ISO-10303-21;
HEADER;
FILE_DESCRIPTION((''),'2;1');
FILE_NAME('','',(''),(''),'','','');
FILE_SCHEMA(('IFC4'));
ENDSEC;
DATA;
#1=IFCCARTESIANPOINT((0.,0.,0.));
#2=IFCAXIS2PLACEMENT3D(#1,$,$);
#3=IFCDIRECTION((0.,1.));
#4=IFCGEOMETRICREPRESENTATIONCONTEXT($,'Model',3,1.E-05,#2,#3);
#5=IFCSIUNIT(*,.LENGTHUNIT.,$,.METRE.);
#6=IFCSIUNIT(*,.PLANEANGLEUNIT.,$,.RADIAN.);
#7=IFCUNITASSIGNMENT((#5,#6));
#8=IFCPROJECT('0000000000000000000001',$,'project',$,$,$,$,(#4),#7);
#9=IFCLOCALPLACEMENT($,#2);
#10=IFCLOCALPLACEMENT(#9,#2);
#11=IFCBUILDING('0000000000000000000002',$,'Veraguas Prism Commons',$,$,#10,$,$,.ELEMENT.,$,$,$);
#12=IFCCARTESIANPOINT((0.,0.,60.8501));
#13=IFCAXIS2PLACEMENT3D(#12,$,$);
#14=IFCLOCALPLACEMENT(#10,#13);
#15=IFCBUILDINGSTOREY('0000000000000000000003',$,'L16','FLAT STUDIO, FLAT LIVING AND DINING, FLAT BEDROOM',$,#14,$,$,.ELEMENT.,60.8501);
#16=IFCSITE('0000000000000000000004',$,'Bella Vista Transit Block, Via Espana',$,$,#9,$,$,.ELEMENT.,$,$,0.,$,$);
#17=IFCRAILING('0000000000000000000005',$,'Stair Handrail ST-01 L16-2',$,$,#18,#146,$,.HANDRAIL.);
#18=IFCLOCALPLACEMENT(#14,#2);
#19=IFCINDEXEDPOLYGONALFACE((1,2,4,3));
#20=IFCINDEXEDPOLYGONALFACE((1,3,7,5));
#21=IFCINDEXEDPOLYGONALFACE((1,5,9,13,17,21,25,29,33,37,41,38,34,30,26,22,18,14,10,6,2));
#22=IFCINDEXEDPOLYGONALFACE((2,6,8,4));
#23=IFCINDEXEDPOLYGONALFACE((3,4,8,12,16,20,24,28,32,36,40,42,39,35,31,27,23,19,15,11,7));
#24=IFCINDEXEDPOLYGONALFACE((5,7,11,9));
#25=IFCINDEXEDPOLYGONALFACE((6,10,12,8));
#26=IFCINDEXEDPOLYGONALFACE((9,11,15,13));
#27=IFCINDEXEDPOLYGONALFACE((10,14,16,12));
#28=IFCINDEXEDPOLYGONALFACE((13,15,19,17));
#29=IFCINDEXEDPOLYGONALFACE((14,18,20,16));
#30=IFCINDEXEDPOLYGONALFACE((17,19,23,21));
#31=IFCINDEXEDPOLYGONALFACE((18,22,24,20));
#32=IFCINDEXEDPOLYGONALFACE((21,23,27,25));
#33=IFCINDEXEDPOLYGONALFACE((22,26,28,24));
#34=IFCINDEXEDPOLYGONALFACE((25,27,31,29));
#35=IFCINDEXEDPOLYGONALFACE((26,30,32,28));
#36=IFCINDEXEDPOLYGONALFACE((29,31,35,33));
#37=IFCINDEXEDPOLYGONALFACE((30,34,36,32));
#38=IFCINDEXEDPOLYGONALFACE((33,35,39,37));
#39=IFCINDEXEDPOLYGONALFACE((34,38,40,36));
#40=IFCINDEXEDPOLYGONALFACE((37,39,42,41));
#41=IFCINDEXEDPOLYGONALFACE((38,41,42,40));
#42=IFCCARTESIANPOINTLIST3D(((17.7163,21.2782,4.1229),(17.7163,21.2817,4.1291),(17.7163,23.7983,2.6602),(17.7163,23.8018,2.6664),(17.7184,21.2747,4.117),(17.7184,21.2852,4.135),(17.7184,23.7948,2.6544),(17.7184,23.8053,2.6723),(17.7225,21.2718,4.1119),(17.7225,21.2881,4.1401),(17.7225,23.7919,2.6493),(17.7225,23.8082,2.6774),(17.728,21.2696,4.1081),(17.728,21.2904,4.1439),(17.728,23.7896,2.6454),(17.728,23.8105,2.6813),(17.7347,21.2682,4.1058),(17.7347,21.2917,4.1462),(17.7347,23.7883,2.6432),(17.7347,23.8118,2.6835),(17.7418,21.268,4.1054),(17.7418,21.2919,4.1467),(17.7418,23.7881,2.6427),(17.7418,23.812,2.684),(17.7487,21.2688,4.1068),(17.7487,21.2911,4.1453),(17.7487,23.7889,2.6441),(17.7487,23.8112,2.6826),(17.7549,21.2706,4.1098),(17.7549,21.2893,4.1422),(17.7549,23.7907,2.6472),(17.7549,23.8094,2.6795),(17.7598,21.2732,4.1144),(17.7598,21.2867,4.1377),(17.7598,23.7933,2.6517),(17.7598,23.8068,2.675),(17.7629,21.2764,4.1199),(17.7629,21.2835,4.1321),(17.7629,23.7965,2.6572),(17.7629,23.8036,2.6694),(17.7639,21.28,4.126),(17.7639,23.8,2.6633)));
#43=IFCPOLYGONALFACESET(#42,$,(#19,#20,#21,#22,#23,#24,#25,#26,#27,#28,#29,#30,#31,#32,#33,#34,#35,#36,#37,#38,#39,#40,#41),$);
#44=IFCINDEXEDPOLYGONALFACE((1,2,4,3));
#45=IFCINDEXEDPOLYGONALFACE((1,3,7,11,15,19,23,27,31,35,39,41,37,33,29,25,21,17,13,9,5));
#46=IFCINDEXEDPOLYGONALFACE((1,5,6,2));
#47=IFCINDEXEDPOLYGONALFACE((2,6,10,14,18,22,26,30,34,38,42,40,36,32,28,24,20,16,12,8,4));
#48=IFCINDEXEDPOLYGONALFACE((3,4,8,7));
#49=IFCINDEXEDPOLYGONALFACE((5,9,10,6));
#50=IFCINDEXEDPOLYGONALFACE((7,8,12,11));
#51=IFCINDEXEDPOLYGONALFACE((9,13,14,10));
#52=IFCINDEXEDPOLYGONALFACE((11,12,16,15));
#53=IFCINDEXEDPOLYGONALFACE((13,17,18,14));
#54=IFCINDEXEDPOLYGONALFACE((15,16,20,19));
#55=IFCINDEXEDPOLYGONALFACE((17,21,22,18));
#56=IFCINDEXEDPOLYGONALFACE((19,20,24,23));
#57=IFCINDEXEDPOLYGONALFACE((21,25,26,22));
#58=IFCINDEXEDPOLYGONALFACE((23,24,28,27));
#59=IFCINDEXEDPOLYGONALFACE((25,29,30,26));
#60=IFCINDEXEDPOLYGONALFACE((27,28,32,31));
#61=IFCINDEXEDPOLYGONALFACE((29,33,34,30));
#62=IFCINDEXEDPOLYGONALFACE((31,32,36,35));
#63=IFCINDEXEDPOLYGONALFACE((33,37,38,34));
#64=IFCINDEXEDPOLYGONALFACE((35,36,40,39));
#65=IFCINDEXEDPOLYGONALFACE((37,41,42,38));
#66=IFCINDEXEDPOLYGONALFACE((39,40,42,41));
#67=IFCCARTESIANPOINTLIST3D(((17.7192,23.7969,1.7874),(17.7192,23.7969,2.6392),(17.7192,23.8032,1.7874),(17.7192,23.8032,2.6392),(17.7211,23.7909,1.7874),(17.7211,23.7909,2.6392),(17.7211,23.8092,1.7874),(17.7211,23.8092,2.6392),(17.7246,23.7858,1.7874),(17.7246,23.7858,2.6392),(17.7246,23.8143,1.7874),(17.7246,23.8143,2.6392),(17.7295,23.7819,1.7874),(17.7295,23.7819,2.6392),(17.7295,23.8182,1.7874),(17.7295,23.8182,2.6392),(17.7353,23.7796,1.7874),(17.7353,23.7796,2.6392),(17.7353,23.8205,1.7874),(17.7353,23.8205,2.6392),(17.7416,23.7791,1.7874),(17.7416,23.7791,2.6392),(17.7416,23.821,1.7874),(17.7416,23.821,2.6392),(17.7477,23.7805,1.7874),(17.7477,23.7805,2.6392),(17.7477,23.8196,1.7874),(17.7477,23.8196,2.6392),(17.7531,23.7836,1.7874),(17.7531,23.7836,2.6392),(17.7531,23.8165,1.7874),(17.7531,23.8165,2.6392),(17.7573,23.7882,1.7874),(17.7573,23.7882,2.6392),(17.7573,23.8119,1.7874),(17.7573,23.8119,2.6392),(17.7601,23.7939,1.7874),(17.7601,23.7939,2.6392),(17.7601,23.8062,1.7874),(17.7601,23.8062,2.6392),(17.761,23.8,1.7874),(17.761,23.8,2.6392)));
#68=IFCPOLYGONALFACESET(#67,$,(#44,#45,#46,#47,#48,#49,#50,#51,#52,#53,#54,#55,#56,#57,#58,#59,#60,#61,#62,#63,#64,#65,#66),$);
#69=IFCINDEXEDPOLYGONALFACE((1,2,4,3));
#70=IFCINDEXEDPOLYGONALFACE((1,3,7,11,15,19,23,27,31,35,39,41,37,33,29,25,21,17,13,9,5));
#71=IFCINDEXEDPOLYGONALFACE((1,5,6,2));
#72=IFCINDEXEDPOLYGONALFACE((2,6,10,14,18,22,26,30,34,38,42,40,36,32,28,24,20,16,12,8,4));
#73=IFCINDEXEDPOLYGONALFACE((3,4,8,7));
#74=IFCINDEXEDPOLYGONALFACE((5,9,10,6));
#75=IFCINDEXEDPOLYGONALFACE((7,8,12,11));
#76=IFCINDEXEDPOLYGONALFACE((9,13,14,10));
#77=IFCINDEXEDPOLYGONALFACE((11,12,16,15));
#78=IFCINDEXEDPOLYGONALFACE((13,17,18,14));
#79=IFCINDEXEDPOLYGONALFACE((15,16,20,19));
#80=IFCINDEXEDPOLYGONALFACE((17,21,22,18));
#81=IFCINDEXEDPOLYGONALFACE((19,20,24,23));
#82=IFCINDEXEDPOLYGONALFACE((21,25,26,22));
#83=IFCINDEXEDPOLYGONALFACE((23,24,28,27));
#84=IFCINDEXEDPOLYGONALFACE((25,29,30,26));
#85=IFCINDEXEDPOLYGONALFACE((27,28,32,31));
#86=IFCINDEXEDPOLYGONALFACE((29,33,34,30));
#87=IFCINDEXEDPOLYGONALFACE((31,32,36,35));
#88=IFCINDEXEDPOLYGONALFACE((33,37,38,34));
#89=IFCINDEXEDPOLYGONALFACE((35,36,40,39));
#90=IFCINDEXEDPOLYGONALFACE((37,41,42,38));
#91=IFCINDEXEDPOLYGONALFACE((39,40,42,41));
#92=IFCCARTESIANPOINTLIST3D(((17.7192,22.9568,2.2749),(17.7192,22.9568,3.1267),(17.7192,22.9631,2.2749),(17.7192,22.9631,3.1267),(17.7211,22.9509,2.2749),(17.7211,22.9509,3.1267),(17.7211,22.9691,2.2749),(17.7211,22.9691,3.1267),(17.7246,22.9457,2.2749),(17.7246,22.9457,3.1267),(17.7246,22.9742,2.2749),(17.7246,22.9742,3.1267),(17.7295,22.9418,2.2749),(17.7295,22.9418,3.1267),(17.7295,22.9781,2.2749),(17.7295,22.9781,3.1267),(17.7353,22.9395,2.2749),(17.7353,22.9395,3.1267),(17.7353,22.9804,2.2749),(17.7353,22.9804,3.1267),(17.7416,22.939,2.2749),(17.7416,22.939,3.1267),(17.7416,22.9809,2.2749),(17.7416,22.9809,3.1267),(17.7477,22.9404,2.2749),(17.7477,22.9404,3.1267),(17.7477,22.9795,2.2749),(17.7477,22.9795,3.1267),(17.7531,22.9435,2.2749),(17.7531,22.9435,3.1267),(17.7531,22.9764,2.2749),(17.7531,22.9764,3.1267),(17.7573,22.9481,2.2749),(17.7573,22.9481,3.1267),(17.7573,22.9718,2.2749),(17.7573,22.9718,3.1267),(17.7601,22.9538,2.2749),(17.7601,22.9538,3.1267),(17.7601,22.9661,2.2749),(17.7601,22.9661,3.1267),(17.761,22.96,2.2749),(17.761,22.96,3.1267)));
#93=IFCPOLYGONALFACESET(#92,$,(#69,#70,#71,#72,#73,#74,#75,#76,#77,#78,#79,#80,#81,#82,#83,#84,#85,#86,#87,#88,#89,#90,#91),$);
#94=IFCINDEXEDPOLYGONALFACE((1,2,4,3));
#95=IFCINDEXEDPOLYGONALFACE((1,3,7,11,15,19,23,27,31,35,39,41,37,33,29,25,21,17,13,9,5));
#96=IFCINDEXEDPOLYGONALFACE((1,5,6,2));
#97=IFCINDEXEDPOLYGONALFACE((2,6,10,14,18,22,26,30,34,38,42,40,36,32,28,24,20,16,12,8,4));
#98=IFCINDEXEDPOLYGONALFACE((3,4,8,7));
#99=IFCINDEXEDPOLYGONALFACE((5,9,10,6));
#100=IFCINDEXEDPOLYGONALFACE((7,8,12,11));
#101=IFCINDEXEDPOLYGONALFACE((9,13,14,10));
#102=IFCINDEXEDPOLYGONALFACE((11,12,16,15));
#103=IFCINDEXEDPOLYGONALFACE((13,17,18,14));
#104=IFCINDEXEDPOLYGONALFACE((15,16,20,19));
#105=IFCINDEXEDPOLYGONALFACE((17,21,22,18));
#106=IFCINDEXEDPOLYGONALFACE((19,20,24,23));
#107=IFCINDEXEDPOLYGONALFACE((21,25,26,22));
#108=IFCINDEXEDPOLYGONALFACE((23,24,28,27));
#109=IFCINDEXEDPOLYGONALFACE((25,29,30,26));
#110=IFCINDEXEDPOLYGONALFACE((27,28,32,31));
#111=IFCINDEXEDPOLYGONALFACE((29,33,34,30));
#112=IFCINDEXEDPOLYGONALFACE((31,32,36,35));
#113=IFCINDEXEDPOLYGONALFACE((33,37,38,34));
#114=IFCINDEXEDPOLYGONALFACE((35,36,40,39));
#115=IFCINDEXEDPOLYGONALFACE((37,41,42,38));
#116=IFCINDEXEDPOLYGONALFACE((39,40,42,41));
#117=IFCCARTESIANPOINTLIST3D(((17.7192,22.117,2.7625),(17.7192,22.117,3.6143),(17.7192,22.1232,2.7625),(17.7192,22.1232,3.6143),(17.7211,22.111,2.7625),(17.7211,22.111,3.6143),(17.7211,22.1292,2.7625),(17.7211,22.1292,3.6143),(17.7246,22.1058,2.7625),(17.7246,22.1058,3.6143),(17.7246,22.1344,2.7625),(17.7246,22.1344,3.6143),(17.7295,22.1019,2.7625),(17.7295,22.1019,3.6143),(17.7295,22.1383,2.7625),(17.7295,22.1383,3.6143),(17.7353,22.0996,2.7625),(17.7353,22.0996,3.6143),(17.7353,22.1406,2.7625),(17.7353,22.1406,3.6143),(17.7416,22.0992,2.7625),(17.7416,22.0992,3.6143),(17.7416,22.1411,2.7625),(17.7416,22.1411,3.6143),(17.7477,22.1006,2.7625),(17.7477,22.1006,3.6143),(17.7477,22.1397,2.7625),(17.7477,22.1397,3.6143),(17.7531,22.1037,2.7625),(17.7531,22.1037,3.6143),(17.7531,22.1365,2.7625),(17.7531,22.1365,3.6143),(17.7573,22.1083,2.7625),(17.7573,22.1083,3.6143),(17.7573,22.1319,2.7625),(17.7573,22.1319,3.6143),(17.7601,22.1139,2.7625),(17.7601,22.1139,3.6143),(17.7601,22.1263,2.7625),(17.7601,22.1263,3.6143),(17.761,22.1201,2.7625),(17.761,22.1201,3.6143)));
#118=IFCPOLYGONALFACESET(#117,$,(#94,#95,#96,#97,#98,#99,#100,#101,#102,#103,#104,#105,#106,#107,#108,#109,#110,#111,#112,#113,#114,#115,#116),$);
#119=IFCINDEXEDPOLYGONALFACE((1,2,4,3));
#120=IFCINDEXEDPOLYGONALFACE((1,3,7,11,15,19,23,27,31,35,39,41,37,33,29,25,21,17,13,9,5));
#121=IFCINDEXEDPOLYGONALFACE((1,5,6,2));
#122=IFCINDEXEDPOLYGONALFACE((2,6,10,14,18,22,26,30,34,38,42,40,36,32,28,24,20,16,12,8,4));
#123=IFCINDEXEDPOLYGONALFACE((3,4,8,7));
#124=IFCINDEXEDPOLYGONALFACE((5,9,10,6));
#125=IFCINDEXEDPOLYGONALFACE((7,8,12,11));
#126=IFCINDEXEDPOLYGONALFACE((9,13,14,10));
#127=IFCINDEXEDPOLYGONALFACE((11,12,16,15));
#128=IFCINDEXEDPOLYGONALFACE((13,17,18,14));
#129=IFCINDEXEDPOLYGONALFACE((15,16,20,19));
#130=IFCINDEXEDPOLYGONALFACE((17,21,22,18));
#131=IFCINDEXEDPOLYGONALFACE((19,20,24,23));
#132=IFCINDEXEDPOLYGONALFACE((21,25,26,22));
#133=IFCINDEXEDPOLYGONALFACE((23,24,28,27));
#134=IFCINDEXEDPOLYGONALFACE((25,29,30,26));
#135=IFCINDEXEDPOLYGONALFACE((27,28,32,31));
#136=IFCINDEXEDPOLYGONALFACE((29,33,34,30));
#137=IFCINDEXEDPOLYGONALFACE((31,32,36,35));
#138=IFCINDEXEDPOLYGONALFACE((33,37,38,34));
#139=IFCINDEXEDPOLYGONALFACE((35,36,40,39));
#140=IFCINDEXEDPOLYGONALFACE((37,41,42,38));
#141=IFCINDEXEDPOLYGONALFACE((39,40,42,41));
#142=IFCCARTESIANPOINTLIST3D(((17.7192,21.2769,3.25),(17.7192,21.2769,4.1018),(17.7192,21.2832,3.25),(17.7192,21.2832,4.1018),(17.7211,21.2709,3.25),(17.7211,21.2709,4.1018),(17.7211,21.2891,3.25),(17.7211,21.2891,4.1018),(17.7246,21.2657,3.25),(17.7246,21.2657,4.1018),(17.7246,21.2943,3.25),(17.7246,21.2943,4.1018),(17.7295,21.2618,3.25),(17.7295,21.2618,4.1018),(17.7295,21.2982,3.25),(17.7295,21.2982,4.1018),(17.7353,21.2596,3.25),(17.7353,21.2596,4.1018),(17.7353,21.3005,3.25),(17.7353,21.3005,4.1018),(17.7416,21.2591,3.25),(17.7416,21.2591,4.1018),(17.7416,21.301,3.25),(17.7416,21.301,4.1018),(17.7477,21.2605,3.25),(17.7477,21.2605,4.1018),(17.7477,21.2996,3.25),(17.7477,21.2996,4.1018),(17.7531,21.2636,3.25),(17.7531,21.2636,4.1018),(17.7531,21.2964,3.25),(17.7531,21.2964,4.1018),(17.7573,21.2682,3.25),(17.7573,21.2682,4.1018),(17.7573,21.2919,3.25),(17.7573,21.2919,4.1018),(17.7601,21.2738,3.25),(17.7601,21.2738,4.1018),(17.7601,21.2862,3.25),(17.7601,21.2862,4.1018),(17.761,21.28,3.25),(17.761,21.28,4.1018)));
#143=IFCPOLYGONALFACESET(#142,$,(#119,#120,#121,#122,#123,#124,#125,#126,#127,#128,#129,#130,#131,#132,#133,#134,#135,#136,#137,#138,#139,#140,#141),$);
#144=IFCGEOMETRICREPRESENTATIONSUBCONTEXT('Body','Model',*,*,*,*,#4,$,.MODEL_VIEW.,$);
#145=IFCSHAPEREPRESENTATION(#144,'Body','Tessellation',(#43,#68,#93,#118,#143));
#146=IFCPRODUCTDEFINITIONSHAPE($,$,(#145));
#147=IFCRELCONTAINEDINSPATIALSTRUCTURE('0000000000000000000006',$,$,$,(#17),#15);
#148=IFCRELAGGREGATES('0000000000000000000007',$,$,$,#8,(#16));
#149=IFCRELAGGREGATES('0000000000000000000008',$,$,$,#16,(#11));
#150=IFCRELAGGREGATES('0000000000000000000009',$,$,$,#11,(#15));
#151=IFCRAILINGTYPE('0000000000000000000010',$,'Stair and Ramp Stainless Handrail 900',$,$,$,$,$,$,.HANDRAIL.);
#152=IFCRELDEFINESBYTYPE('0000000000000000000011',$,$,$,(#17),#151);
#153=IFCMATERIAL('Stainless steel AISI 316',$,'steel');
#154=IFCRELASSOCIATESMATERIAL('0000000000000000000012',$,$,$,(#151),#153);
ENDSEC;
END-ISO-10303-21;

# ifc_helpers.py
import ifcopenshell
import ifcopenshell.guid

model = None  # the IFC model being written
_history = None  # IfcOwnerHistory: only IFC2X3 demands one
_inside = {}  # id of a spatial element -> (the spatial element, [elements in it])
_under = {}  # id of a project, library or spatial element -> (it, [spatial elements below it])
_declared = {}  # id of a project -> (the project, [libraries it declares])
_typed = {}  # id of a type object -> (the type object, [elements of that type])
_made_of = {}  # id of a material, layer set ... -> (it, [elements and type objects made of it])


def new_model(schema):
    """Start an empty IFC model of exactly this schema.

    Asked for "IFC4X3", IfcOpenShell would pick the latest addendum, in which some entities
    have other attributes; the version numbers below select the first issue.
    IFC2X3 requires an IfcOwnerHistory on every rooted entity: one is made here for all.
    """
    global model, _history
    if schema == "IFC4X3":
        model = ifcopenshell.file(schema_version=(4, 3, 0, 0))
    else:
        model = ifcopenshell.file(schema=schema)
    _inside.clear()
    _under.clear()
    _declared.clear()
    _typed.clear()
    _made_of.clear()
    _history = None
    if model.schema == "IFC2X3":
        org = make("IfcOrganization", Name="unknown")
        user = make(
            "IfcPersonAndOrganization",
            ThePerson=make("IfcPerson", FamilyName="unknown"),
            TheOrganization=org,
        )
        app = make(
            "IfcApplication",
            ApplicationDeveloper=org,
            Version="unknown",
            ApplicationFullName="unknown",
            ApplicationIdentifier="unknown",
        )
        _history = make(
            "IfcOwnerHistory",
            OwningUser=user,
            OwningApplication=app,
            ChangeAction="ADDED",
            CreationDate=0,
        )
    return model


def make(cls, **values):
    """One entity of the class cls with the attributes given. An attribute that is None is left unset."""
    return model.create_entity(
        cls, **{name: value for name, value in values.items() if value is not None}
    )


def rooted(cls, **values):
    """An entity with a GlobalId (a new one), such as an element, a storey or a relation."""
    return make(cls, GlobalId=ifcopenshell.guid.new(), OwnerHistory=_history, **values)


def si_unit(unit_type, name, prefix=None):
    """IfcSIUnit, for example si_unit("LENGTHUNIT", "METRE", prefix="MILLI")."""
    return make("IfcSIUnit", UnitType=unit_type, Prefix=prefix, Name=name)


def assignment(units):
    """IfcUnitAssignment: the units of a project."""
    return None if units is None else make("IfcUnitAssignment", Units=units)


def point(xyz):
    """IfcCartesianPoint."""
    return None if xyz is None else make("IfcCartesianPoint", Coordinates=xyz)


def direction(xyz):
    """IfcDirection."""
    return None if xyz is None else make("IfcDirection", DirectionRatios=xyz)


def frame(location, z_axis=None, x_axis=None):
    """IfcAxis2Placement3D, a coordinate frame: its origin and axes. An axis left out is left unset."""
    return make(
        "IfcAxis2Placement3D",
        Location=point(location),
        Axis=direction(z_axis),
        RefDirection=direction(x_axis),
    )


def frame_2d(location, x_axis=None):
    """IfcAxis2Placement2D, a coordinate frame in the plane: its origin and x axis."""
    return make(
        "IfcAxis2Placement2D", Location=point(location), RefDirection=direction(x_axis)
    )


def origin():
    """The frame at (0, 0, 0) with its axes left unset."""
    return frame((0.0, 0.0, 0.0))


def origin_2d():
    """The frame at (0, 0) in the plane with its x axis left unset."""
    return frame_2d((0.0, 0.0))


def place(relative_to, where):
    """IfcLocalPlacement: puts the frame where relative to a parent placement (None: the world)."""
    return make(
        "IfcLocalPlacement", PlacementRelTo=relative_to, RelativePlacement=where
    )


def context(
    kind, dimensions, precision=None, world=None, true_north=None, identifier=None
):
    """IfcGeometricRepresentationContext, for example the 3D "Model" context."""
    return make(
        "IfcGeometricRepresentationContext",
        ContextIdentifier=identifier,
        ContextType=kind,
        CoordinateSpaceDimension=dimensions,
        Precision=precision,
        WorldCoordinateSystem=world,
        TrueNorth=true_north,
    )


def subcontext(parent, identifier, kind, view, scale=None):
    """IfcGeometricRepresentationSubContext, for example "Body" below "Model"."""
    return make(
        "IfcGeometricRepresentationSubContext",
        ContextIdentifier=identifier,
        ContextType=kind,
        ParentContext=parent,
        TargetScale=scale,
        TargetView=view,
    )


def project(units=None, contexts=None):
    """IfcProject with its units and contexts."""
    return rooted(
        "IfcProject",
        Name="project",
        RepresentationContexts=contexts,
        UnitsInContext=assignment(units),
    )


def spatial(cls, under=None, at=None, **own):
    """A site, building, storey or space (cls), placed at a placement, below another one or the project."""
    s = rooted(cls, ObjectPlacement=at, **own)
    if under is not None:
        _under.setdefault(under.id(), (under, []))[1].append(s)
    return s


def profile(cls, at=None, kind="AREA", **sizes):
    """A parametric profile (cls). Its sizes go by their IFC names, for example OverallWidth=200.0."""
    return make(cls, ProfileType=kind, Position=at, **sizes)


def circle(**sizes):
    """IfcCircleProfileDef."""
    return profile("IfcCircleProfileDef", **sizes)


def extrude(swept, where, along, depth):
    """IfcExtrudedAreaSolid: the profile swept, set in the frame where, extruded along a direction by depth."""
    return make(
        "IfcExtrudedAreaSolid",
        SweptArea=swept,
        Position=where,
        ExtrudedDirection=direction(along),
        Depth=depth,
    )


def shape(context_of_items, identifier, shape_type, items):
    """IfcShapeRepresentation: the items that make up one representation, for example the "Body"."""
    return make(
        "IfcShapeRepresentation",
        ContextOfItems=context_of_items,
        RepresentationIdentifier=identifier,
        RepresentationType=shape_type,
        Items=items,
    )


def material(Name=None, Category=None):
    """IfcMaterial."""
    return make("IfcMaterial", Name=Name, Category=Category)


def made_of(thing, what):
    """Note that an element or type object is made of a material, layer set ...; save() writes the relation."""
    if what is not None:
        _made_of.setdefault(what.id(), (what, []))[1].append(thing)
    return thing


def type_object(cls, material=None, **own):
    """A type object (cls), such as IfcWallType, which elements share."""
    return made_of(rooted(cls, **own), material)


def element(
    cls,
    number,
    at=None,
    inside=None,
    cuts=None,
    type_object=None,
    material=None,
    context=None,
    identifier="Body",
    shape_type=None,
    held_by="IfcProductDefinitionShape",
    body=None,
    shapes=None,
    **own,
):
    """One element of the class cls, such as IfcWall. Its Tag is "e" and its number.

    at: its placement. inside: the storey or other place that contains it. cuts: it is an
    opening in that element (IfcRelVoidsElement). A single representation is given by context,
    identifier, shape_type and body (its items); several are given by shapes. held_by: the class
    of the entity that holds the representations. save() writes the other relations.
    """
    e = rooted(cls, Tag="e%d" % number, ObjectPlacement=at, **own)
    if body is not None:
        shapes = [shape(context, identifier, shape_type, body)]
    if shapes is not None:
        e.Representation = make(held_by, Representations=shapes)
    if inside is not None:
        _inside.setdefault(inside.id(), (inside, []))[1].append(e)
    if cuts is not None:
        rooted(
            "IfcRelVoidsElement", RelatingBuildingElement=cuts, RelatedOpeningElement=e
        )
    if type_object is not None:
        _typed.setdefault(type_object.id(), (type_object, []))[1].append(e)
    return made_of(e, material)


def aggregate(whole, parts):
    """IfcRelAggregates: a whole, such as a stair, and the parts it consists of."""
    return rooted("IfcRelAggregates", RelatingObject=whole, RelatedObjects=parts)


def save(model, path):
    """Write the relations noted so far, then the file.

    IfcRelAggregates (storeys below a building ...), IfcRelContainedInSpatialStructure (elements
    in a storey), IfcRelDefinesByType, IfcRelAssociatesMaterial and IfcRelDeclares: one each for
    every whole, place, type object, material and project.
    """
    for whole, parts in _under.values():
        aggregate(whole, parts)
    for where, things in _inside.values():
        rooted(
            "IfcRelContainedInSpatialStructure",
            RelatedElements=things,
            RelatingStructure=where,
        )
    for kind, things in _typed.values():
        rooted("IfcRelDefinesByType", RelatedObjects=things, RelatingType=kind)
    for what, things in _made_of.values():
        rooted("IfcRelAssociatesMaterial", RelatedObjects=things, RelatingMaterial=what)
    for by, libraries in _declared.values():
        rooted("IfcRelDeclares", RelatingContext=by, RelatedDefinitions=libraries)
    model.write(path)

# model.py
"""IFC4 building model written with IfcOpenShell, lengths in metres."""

from ifc_helpers import new_model, si_unit, direction, frame, origin, origin_2d, place, context, subcontext, project, spatial, circle, extrude, material, type_object, element, save


model = new_model("IFC4")

# Units and contexts
model_context = context("Model", 3, precision=1e-05, world=origin(), true_north=direction((0.0, 1.0)))
body_context = subcontext(model_context, "Body", "Model", "MODEL_VIEW")
ifc_project = project(units=[si_unit("LENGTHUNIT", "METRE"), si_unit("PLANEANGLEUNIT", "RADIAN")], contexts=[model_context])

# Site, building, storey
site_placement = place(None, origin())
site = spatial("IfcSite", under=ifc_project, at=site_placement, Name="Bella Vista Transit Block, Via Espana", CompositionType="ELEMENT", RefElevation=0.0)
building_placement = place(site_placement, origin())
building = spatial("IfcBuilding", under=site, at=building_placement, Name="Veraguas Prism Commons", CompositionType="ELEMENT")
storey_placement = place(building_placement, frame((0.0, 0.0, 60.8501)))
storey = spatial("IfcBuildingStorey", under=building, at=storey_placement, Name="L16", Description="FLAT STUDIO, FLAT LIVING AND DINING, FLAT BEDROOM", CompositionType="ELEMENT", Elevation=60.8501)

# Railing
ifc_material_1 = material(Name="Stainless steel AISI 316", Category="steel")
railing_type_1 = type_object("IfcRailingType", Name="Stair and Ramp Stainless Handrail 900", PredefinedType="HANDRAIL", material=ifc_material_1)
railing_1_placement = place(storey_placement, frame((17.74, 23.8, 1.7874)))
element("IfcRailing", 1, at=railing_1_placement, inside=storey, type_object=railing_type_1, Name="Stair Handrail ST-01 L16-2", PredefinedType="HANDRAIL", context=body_context, shape_type="SweptSolid", body=[
    extrude(circle(Radius=0.0239, at=origin_2d()), frame((0.0, 0.0, 0.876), z_axis=(0.0, -0.864877, 0.501984), x_axis=(1.0, 0.0, 0.0)), (0.0, 0.0, 1.0), 2.9138),
    extrude(circle(Radius=0.021, at=origin_2d()), origin(), (0.0, 0.0, 1.0), 0.8518),
    extrude(circle(Radius=0.021, at=origin_2d()), frame((0.0, -0.8401, 0.4875)), (0.0, 0.0, 1.0), 0.8518),
    extrude(circle(Radius=0.021, at=origin_2d()), frame((0.0, -1.6799, 0.9751)), (0.0, 0.0, 1.0), 0.8518),
    extrude(circle(Radius=0.021, at=origin_2d()), frame((0.0, -2.52, 1.4626)), (0.0, 0.0, 1.0), 0.8518),
])

save(model, "model.ifc")
